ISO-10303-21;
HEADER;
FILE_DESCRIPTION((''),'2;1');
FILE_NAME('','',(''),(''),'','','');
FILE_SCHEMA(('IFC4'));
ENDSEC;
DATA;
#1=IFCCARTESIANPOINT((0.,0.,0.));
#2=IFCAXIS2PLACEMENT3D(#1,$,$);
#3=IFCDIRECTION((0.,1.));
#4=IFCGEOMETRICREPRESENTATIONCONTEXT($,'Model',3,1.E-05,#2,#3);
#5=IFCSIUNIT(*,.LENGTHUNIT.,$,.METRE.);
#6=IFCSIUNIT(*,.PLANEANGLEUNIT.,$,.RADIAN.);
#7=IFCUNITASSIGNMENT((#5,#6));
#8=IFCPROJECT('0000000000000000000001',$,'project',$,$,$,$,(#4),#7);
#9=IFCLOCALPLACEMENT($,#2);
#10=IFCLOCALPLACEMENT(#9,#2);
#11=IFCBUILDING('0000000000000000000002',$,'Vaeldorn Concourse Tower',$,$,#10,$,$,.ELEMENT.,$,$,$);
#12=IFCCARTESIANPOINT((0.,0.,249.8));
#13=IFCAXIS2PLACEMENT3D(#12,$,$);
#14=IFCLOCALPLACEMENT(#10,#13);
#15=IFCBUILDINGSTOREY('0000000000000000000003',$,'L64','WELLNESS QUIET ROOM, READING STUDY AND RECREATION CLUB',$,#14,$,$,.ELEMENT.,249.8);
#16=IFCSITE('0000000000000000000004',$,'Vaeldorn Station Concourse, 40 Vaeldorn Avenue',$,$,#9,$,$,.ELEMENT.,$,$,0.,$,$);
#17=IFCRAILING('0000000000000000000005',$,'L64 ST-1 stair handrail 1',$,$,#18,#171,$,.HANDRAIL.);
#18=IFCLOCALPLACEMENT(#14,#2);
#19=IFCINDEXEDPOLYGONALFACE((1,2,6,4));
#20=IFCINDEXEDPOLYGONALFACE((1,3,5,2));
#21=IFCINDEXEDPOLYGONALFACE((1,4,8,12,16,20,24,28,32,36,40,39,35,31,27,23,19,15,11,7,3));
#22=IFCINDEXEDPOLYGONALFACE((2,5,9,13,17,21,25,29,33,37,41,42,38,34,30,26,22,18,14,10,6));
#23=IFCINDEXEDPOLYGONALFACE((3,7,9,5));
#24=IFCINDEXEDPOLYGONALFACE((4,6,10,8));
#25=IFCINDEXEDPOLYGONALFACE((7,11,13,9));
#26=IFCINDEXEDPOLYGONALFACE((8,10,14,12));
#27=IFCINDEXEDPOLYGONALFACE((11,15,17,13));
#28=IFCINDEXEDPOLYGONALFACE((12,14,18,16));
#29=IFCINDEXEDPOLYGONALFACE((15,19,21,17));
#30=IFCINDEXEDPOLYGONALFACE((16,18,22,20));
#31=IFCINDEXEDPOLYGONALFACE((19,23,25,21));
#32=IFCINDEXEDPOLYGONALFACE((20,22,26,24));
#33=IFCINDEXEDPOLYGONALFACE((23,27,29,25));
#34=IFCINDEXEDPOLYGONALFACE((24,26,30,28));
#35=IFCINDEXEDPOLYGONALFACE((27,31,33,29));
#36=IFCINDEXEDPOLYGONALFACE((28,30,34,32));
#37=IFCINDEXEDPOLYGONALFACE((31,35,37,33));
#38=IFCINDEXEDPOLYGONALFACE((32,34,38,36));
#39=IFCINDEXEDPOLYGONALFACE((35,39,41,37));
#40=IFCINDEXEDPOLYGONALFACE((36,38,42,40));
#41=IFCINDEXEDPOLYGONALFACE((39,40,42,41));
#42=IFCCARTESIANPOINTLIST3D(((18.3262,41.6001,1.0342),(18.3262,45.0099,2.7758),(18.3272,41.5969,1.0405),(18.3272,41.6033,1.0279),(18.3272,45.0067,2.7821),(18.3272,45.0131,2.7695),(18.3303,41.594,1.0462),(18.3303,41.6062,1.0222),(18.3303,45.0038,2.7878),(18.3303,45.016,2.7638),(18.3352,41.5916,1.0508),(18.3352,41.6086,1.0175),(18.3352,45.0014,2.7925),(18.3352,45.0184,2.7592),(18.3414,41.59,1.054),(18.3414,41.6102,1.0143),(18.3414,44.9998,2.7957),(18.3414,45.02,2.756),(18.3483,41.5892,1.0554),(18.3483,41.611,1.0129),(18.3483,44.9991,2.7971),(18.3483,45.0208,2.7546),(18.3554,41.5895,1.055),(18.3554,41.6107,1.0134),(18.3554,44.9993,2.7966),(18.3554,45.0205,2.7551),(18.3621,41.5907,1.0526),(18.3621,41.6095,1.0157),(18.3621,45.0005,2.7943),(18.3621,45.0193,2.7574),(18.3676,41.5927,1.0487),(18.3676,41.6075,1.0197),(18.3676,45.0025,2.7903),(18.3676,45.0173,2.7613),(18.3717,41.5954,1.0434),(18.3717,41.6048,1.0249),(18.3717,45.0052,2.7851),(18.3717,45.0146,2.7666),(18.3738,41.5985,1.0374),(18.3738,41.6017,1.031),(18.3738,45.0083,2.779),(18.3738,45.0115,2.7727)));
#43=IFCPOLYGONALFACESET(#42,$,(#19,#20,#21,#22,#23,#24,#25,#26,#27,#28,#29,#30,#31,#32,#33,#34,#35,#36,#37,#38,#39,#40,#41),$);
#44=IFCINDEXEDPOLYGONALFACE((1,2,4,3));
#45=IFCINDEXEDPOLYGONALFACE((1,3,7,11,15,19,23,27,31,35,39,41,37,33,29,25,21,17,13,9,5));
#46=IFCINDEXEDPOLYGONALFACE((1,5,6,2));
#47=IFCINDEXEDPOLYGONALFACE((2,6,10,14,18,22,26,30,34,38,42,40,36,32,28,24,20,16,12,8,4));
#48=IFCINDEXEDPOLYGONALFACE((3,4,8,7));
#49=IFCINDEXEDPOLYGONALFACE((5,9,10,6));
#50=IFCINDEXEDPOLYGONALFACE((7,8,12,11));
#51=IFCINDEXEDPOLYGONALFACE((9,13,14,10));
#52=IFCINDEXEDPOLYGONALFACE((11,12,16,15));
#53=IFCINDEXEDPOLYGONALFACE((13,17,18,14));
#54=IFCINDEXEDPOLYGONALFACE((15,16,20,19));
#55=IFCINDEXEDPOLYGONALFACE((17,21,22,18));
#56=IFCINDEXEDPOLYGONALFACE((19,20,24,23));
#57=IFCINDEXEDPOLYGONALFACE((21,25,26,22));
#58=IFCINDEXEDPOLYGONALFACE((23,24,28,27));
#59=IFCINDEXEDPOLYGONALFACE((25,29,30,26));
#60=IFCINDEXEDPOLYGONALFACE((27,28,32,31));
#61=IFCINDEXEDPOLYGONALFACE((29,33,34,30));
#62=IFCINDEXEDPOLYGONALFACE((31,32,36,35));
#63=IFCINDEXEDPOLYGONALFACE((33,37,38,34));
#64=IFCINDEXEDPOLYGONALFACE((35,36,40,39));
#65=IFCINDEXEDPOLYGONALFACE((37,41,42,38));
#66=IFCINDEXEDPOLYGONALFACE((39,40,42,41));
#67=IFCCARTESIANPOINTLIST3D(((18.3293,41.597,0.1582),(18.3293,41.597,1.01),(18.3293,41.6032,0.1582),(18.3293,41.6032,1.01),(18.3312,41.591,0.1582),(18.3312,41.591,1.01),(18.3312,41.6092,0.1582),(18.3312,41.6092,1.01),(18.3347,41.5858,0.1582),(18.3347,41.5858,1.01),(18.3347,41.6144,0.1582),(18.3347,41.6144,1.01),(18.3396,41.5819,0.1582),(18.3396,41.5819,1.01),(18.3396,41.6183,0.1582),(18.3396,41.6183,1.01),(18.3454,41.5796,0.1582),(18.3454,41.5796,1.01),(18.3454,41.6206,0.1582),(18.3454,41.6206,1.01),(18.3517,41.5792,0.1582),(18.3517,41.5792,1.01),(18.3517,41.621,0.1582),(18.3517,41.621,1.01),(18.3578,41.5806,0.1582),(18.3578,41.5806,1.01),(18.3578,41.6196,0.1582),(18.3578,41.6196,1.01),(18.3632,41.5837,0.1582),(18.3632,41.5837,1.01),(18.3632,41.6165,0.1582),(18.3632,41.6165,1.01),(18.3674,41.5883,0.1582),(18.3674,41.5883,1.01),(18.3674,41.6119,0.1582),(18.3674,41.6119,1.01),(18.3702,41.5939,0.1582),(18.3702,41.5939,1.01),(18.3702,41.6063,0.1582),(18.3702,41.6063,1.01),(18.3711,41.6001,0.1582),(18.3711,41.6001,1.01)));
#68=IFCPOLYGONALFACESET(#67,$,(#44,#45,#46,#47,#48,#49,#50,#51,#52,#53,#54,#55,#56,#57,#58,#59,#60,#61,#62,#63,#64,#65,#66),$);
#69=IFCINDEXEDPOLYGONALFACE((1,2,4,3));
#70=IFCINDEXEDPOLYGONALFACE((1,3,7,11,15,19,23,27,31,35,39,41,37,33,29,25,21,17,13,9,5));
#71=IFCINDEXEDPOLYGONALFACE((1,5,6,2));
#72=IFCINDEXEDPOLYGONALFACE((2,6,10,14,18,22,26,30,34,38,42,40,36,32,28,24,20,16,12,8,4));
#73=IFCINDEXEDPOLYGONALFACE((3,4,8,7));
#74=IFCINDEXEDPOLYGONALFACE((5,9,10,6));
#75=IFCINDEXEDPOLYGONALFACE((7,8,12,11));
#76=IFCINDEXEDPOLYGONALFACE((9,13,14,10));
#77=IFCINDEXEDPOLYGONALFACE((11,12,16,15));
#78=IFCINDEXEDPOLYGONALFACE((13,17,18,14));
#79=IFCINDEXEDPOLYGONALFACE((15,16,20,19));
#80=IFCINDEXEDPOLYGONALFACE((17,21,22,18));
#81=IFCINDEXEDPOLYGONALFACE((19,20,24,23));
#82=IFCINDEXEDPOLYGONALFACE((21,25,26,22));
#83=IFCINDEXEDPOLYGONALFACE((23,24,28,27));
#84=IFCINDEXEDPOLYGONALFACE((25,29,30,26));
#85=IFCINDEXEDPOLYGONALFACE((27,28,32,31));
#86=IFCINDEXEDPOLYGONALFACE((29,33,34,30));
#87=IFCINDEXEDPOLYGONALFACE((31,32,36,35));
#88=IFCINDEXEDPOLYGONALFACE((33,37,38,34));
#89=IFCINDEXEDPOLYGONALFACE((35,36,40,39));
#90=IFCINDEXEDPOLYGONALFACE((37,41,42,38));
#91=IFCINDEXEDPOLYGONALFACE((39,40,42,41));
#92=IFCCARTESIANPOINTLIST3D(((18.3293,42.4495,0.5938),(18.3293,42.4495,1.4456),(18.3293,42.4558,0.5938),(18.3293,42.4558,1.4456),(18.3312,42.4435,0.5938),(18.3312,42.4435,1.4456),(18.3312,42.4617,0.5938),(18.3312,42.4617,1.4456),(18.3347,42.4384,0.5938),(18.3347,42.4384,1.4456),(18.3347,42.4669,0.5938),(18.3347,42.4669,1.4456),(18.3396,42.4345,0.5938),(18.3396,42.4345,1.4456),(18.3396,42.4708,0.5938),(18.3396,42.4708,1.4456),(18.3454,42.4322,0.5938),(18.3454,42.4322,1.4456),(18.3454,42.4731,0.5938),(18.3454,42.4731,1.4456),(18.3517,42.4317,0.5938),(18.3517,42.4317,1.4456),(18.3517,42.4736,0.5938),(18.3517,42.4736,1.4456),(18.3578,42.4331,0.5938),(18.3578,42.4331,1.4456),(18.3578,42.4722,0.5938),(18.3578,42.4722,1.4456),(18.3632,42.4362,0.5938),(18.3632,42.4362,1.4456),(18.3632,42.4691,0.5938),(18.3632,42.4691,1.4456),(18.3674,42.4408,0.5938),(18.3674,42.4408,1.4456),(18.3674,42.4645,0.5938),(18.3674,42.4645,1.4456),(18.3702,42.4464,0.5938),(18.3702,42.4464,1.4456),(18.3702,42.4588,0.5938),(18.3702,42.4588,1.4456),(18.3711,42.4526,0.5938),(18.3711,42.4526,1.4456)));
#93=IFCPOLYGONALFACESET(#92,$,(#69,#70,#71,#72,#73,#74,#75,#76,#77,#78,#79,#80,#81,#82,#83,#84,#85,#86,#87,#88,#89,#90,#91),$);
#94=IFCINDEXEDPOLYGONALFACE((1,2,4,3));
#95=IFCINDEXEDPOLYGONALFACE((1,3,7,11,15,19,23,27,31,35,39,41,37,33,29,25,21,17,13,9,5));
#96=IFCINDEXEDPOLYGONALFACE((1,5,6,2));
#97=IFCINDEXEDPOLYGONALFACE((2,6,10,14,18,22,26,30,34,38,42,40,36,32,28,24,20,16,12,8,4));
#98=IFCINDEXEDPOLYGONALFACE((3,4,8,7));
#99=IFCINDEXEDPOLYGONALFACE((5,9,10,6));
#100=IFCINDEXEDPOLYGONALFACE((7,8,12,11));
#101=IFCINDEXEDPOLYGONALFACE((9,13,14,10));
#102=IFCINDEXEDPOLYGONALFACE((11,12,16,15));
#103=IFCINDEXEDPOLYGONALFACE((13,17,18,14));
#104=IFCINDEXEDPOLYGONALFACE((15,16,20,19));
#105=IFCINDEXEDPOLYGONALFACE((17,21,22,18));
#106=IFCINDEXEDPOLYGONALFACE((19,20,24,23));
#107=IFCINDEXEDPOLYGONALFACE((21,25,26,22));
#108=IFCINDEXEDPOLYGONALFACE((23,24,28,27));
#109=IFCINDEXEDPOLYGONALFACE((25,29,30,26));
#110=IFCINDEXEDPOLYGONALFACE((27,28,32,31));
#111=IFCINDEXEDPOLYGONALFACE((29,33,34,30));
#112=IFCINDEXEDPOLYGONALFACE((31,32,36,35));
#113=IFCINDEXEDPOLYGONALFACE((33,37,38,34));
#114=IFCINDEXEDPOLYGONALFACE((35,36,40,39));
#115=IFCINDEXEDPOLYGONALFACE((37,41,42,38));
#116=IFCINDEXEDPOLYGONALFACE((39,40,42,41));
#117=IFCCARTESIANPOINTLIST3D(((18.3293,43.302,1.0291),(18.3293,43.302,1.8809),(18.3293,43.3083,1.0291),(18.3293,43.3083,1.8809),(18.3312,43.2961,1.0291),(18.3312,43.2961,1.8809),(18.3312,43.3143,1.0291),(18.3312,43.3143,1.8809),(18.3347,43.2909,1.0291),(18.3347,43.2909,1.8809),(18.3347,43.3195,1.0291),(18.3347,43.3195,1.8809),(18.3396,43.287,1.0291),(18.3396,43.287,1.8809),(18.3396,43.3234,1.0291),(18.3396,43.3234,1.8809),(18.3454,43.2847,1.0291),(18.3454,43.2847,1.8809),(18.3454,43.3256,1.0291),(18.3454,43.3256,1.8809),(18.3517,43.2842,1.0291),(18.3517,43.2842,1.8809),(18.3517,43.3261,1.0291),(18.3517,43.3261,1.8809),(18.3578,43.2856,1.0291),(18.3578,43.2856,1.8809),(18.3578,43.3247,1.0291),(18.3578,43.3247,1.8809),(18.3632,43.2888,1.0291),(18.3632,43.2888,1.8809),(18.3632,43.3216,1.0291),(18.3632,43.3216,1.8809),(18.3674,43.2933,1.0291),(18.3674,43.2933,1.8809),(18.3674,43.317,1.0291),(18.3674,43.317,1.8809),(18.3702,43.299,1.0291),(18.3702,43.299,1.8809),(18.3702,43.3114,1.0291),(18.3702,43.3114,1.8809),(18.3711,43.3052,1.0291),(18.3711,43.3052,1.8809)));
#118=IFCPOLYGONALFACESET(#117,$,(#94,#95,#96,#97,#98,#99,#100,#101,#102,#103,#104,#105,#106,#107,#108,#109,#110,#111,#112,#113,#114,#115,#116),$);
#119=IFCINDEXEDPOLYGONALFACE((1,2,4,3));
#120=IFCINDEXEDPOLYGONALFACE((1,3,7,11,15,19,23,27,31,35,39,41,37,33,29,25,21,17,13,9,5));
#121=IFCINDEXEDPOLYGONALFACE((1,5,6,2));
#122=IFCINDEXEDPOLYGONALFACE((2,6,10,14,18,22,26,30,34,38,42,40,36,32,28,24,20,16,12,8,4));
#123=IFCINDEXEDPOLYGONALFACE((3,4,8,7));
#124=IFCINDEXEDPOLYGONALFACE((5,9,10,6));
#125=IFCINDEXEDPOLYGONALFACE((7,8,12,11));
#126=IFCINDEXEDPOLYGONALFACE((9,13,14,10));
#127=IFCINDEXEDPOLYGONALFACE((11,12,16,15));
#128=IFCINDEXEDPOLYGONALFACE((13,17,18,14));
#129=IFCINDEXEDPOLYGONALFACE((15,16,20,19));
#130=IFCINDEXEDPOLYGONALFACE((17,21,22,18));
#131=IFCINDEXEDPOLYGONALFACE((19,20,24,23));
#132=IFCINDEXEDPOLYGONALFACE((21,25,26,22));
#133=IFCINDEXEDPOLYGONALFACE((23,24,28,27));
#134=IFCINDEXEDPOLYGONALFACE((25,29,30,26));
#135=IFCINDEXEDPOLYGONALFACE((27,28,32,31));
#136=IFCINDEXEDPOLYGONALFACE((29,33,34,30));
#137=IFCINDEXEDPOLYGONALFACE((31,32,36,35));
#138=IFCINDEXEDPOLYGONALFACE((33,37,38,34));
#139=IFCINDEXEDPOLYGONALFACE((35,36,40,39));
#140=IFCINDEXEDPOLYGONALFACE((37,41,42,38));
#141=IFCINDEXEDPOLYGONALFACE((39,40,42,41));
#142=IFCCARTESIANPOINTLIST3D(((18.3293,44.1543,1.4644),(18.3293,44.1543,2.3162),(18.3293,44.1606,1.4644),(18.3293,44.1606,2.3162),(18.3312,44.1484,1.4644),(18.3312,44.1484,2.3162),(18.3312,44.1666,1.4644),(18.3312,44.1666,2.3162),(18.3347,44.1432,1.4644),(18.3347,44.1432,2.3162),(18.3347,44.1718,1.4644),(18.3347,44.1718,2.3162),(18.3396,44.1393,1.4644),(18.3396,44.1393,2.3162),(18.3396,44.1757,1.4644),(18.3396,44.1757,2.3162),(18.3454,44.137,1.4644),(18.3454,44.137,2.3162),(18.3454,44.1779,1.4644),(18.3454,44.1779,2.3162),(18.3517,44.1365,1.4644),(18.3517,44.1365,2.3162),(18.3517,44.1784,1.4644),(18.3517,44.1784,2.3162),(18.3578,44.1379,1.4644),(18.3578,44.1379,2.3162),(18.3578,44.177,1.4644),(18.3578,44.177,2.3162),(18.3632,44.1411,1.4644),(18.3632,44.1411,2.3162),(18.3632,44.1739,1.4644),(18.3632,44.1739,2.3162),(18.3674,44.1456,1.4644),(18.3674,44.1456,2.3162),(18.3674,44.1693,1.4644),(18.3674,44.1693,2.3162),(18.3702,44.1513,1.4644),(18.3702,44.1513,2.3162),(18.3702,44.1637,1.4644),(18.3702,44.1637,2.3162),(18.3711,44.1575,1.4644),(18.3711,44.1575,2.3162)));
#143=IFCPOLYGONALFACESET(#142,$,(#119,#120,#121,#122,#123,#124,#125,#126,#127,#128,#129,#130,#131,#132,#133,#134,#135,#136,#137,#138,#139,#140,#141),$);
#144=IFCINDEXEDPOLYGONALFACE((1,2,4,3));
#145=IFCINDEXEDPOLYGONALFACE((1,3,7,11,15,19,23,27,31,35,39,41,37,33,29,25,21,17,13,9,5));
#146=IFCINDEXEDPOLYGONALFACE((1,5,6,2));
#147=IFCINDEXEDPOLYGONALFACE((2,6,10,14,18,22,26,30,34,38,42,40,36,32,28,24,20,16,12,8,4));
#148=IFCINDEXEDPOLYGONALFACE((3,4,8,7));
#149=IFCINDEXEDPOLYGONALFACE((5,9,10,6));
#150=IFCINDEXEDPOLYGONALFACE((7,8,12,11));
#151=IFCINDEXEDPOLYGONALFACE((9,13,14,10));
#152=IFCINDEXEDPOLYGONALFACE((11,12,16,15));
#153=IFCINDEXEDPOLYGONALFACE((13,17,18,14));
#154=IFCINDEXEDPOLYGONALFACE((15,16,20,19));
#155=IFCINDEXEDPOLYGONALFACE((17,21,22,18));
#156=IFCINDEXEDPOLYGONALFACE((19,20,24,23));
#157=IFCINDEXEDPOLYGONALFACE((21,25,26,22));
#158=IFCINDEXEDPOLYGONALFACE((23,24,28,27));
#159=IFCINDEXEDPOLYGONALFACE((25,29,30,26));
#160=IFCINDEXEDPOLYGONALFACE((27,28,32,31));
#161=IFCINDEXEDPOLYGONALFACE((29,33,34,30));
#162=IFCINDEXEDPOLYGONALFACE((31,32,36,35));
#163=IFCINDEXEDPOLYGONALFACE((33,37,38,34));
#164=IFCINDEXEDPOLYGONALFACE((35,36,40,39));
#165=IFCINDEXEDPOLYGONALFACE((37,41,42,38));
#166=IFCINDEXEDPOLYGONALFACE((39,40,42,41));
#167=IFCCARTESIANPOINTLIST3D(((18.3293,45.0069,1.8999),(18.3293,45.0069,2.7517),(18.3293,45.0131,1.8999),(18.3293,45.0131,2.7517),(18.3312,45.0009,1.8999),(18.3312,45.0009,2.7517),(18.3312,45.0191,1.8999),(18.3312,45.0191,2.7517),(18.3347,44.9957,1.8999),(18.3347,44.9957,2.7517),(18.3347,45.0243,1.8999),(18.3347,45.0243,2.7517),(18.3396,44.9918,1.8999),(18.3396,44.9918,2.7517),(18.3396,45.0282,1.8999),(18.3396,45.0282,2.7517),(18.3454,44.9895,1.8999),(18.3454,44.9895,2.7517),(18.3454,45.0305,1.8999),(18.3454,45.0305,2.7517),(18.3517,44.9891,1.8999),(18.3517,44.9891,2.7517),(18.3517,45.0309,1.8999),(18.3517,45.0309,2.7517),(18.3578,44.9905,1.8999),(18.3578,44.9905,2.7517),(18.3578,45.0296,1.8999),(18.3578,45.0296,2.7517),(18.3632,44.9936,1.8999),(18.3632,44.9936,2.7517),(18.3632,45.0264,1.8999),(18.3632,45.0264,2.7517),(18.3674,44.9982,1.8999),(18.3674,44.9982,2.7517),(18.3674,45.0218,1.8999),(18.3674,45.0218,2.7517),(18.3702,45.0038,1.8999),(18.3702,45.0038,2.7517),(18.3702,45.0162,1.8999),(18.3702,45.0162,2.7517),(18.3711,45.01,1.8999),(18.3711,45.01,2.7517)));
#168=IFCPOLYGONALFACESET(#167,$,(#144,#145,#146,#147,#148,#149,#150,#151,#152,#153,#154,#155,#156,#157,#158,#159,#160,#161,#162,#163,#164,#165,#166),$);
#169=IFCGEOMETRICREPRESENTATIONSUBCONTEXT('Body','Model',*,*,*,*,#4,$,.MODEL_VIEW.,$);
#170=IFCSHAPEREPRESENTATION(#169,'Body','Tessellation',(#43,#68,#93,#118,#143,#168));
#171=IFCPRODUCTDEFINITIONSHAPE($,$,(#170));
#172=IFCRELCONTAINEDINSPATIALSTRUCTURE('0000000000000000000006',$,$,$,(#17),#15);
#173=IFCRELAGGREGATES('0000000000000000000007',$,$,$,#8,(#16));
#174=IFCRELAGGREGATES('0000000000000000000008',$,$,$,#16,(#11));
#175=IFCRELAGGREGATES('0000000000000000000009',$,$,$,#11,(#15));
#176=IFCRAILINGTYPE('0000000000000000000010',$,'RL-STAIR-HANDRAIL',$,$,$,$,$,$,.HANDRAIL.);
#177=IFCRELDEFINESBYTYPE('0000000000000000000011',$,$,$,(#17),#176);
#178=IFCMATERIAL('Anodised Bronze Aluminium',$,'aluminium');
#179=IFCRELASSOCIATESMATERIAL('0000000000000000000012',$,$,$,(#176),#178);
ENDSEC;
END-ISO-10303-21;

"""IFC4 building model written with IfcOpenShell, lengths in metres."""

from ifc_helpers import new_model, si_unit, direction, frame, origin, origin_2d, place, context, subcontext, project, spatial, circle, extrude, material, type_object, element, save


model = new_model("IFC4")

# Units and contexts
model_context = context("Model", 3, precision=1e-05, world=origin(), true_north=direction((0.0, 1.0)))
body_context = subcontext(model_context, "Body", "Model", "MODEL_VIEW")
ifc_project = project(units=[si_unit("LENGTHUNIT", "METRE"), si_unit("PLANEANGLEUNIT", "RADIAN")], contexts=[model_context])

# Site, building, storey
site_placement = place(None, origin())
site = spatial("IfcSite", under=ifc_project, at=site_placement, Name="Vaeldorn Station Concourse, 40 Vaeldorn Avenue", CompositionType="ELEMENT", RefElevation=0.0)
building_placement = place(site_placement, origin())
building = spatial("IfcBuilding", under=site, at=building_placement, Name="Vaeldorn Concourse Tower", CompositionType="ELEMENT")
storey_placement = place(building_placement, frame((0.0, 0.0, 249.8)))
storey = spatial("IfcBuildingStorey", under=building, at=storey_placement, Name="L64", Description="WELLNESS QUIET ROOM, READING STUDY AND RECREATION CLUB", CompositionType="ELEMENT", Elevation=249.8)

# Shared definitions
ifc_material_1 = material(Name="Anodised Bronze Aluminium", Category="aluminium")

# Railing
railing_type_1 = type_object("IfcRailingType", Name="RL-STAIR-HANDRAIL", PredefinedType="HANDRAIL", material=ifc_material_1)
railing_1_placement = place(storey_placement, frame((18.3501, 41.6001, 0.1582)))
element("IfcRailing", 1, at=railing_1_placement, inside=storey, type_object=railing_type_1, Name="L64 ST-1 stair handrail 1", PredefinedType="HANDRAIL", context=body_context, shape_type="SweptSolid", body=[
    extrude(circle(Radius=0.0239, at=origin_2d()), frame((0.0, 0.0, 0.876), z_axis=(0.0, 0.890556, 0.454874), x_axis=(-1.0, 0.0, 0.0)), (0.0, 0.0, 1.0), 3.8289),
    extrude(circle(Radius=0.021, at=origin_2d()), origin(), (0.0, 0.0, 1.0), 0.8518),
    extrude(circle(Radius=0.021, at=origin_2d()), frame((0.0, 0.8525, 0.4355)), (0.0, 0.0, 1.0), 0.8518),
    extrude(circle(Radius=0.021, at=origin_2d()), frame((0.0, 1.7051, 0.8708)), (0.0, 0.0, 1.0), 0.8518),
    extrude(circle(Radius=0.021, at=origin_2d()), frame((0.0, 2.5574, 1.3062)), (0.0, 0.0, 1.0), 0.8518),
    extrude(circle(Radius=0.021, at=origin_2d()), frame((0.0, 3.4099, 1.7417)), (0.0, 0.0, 1.0), 0.8518),
])

save(model, "model.ifc")
